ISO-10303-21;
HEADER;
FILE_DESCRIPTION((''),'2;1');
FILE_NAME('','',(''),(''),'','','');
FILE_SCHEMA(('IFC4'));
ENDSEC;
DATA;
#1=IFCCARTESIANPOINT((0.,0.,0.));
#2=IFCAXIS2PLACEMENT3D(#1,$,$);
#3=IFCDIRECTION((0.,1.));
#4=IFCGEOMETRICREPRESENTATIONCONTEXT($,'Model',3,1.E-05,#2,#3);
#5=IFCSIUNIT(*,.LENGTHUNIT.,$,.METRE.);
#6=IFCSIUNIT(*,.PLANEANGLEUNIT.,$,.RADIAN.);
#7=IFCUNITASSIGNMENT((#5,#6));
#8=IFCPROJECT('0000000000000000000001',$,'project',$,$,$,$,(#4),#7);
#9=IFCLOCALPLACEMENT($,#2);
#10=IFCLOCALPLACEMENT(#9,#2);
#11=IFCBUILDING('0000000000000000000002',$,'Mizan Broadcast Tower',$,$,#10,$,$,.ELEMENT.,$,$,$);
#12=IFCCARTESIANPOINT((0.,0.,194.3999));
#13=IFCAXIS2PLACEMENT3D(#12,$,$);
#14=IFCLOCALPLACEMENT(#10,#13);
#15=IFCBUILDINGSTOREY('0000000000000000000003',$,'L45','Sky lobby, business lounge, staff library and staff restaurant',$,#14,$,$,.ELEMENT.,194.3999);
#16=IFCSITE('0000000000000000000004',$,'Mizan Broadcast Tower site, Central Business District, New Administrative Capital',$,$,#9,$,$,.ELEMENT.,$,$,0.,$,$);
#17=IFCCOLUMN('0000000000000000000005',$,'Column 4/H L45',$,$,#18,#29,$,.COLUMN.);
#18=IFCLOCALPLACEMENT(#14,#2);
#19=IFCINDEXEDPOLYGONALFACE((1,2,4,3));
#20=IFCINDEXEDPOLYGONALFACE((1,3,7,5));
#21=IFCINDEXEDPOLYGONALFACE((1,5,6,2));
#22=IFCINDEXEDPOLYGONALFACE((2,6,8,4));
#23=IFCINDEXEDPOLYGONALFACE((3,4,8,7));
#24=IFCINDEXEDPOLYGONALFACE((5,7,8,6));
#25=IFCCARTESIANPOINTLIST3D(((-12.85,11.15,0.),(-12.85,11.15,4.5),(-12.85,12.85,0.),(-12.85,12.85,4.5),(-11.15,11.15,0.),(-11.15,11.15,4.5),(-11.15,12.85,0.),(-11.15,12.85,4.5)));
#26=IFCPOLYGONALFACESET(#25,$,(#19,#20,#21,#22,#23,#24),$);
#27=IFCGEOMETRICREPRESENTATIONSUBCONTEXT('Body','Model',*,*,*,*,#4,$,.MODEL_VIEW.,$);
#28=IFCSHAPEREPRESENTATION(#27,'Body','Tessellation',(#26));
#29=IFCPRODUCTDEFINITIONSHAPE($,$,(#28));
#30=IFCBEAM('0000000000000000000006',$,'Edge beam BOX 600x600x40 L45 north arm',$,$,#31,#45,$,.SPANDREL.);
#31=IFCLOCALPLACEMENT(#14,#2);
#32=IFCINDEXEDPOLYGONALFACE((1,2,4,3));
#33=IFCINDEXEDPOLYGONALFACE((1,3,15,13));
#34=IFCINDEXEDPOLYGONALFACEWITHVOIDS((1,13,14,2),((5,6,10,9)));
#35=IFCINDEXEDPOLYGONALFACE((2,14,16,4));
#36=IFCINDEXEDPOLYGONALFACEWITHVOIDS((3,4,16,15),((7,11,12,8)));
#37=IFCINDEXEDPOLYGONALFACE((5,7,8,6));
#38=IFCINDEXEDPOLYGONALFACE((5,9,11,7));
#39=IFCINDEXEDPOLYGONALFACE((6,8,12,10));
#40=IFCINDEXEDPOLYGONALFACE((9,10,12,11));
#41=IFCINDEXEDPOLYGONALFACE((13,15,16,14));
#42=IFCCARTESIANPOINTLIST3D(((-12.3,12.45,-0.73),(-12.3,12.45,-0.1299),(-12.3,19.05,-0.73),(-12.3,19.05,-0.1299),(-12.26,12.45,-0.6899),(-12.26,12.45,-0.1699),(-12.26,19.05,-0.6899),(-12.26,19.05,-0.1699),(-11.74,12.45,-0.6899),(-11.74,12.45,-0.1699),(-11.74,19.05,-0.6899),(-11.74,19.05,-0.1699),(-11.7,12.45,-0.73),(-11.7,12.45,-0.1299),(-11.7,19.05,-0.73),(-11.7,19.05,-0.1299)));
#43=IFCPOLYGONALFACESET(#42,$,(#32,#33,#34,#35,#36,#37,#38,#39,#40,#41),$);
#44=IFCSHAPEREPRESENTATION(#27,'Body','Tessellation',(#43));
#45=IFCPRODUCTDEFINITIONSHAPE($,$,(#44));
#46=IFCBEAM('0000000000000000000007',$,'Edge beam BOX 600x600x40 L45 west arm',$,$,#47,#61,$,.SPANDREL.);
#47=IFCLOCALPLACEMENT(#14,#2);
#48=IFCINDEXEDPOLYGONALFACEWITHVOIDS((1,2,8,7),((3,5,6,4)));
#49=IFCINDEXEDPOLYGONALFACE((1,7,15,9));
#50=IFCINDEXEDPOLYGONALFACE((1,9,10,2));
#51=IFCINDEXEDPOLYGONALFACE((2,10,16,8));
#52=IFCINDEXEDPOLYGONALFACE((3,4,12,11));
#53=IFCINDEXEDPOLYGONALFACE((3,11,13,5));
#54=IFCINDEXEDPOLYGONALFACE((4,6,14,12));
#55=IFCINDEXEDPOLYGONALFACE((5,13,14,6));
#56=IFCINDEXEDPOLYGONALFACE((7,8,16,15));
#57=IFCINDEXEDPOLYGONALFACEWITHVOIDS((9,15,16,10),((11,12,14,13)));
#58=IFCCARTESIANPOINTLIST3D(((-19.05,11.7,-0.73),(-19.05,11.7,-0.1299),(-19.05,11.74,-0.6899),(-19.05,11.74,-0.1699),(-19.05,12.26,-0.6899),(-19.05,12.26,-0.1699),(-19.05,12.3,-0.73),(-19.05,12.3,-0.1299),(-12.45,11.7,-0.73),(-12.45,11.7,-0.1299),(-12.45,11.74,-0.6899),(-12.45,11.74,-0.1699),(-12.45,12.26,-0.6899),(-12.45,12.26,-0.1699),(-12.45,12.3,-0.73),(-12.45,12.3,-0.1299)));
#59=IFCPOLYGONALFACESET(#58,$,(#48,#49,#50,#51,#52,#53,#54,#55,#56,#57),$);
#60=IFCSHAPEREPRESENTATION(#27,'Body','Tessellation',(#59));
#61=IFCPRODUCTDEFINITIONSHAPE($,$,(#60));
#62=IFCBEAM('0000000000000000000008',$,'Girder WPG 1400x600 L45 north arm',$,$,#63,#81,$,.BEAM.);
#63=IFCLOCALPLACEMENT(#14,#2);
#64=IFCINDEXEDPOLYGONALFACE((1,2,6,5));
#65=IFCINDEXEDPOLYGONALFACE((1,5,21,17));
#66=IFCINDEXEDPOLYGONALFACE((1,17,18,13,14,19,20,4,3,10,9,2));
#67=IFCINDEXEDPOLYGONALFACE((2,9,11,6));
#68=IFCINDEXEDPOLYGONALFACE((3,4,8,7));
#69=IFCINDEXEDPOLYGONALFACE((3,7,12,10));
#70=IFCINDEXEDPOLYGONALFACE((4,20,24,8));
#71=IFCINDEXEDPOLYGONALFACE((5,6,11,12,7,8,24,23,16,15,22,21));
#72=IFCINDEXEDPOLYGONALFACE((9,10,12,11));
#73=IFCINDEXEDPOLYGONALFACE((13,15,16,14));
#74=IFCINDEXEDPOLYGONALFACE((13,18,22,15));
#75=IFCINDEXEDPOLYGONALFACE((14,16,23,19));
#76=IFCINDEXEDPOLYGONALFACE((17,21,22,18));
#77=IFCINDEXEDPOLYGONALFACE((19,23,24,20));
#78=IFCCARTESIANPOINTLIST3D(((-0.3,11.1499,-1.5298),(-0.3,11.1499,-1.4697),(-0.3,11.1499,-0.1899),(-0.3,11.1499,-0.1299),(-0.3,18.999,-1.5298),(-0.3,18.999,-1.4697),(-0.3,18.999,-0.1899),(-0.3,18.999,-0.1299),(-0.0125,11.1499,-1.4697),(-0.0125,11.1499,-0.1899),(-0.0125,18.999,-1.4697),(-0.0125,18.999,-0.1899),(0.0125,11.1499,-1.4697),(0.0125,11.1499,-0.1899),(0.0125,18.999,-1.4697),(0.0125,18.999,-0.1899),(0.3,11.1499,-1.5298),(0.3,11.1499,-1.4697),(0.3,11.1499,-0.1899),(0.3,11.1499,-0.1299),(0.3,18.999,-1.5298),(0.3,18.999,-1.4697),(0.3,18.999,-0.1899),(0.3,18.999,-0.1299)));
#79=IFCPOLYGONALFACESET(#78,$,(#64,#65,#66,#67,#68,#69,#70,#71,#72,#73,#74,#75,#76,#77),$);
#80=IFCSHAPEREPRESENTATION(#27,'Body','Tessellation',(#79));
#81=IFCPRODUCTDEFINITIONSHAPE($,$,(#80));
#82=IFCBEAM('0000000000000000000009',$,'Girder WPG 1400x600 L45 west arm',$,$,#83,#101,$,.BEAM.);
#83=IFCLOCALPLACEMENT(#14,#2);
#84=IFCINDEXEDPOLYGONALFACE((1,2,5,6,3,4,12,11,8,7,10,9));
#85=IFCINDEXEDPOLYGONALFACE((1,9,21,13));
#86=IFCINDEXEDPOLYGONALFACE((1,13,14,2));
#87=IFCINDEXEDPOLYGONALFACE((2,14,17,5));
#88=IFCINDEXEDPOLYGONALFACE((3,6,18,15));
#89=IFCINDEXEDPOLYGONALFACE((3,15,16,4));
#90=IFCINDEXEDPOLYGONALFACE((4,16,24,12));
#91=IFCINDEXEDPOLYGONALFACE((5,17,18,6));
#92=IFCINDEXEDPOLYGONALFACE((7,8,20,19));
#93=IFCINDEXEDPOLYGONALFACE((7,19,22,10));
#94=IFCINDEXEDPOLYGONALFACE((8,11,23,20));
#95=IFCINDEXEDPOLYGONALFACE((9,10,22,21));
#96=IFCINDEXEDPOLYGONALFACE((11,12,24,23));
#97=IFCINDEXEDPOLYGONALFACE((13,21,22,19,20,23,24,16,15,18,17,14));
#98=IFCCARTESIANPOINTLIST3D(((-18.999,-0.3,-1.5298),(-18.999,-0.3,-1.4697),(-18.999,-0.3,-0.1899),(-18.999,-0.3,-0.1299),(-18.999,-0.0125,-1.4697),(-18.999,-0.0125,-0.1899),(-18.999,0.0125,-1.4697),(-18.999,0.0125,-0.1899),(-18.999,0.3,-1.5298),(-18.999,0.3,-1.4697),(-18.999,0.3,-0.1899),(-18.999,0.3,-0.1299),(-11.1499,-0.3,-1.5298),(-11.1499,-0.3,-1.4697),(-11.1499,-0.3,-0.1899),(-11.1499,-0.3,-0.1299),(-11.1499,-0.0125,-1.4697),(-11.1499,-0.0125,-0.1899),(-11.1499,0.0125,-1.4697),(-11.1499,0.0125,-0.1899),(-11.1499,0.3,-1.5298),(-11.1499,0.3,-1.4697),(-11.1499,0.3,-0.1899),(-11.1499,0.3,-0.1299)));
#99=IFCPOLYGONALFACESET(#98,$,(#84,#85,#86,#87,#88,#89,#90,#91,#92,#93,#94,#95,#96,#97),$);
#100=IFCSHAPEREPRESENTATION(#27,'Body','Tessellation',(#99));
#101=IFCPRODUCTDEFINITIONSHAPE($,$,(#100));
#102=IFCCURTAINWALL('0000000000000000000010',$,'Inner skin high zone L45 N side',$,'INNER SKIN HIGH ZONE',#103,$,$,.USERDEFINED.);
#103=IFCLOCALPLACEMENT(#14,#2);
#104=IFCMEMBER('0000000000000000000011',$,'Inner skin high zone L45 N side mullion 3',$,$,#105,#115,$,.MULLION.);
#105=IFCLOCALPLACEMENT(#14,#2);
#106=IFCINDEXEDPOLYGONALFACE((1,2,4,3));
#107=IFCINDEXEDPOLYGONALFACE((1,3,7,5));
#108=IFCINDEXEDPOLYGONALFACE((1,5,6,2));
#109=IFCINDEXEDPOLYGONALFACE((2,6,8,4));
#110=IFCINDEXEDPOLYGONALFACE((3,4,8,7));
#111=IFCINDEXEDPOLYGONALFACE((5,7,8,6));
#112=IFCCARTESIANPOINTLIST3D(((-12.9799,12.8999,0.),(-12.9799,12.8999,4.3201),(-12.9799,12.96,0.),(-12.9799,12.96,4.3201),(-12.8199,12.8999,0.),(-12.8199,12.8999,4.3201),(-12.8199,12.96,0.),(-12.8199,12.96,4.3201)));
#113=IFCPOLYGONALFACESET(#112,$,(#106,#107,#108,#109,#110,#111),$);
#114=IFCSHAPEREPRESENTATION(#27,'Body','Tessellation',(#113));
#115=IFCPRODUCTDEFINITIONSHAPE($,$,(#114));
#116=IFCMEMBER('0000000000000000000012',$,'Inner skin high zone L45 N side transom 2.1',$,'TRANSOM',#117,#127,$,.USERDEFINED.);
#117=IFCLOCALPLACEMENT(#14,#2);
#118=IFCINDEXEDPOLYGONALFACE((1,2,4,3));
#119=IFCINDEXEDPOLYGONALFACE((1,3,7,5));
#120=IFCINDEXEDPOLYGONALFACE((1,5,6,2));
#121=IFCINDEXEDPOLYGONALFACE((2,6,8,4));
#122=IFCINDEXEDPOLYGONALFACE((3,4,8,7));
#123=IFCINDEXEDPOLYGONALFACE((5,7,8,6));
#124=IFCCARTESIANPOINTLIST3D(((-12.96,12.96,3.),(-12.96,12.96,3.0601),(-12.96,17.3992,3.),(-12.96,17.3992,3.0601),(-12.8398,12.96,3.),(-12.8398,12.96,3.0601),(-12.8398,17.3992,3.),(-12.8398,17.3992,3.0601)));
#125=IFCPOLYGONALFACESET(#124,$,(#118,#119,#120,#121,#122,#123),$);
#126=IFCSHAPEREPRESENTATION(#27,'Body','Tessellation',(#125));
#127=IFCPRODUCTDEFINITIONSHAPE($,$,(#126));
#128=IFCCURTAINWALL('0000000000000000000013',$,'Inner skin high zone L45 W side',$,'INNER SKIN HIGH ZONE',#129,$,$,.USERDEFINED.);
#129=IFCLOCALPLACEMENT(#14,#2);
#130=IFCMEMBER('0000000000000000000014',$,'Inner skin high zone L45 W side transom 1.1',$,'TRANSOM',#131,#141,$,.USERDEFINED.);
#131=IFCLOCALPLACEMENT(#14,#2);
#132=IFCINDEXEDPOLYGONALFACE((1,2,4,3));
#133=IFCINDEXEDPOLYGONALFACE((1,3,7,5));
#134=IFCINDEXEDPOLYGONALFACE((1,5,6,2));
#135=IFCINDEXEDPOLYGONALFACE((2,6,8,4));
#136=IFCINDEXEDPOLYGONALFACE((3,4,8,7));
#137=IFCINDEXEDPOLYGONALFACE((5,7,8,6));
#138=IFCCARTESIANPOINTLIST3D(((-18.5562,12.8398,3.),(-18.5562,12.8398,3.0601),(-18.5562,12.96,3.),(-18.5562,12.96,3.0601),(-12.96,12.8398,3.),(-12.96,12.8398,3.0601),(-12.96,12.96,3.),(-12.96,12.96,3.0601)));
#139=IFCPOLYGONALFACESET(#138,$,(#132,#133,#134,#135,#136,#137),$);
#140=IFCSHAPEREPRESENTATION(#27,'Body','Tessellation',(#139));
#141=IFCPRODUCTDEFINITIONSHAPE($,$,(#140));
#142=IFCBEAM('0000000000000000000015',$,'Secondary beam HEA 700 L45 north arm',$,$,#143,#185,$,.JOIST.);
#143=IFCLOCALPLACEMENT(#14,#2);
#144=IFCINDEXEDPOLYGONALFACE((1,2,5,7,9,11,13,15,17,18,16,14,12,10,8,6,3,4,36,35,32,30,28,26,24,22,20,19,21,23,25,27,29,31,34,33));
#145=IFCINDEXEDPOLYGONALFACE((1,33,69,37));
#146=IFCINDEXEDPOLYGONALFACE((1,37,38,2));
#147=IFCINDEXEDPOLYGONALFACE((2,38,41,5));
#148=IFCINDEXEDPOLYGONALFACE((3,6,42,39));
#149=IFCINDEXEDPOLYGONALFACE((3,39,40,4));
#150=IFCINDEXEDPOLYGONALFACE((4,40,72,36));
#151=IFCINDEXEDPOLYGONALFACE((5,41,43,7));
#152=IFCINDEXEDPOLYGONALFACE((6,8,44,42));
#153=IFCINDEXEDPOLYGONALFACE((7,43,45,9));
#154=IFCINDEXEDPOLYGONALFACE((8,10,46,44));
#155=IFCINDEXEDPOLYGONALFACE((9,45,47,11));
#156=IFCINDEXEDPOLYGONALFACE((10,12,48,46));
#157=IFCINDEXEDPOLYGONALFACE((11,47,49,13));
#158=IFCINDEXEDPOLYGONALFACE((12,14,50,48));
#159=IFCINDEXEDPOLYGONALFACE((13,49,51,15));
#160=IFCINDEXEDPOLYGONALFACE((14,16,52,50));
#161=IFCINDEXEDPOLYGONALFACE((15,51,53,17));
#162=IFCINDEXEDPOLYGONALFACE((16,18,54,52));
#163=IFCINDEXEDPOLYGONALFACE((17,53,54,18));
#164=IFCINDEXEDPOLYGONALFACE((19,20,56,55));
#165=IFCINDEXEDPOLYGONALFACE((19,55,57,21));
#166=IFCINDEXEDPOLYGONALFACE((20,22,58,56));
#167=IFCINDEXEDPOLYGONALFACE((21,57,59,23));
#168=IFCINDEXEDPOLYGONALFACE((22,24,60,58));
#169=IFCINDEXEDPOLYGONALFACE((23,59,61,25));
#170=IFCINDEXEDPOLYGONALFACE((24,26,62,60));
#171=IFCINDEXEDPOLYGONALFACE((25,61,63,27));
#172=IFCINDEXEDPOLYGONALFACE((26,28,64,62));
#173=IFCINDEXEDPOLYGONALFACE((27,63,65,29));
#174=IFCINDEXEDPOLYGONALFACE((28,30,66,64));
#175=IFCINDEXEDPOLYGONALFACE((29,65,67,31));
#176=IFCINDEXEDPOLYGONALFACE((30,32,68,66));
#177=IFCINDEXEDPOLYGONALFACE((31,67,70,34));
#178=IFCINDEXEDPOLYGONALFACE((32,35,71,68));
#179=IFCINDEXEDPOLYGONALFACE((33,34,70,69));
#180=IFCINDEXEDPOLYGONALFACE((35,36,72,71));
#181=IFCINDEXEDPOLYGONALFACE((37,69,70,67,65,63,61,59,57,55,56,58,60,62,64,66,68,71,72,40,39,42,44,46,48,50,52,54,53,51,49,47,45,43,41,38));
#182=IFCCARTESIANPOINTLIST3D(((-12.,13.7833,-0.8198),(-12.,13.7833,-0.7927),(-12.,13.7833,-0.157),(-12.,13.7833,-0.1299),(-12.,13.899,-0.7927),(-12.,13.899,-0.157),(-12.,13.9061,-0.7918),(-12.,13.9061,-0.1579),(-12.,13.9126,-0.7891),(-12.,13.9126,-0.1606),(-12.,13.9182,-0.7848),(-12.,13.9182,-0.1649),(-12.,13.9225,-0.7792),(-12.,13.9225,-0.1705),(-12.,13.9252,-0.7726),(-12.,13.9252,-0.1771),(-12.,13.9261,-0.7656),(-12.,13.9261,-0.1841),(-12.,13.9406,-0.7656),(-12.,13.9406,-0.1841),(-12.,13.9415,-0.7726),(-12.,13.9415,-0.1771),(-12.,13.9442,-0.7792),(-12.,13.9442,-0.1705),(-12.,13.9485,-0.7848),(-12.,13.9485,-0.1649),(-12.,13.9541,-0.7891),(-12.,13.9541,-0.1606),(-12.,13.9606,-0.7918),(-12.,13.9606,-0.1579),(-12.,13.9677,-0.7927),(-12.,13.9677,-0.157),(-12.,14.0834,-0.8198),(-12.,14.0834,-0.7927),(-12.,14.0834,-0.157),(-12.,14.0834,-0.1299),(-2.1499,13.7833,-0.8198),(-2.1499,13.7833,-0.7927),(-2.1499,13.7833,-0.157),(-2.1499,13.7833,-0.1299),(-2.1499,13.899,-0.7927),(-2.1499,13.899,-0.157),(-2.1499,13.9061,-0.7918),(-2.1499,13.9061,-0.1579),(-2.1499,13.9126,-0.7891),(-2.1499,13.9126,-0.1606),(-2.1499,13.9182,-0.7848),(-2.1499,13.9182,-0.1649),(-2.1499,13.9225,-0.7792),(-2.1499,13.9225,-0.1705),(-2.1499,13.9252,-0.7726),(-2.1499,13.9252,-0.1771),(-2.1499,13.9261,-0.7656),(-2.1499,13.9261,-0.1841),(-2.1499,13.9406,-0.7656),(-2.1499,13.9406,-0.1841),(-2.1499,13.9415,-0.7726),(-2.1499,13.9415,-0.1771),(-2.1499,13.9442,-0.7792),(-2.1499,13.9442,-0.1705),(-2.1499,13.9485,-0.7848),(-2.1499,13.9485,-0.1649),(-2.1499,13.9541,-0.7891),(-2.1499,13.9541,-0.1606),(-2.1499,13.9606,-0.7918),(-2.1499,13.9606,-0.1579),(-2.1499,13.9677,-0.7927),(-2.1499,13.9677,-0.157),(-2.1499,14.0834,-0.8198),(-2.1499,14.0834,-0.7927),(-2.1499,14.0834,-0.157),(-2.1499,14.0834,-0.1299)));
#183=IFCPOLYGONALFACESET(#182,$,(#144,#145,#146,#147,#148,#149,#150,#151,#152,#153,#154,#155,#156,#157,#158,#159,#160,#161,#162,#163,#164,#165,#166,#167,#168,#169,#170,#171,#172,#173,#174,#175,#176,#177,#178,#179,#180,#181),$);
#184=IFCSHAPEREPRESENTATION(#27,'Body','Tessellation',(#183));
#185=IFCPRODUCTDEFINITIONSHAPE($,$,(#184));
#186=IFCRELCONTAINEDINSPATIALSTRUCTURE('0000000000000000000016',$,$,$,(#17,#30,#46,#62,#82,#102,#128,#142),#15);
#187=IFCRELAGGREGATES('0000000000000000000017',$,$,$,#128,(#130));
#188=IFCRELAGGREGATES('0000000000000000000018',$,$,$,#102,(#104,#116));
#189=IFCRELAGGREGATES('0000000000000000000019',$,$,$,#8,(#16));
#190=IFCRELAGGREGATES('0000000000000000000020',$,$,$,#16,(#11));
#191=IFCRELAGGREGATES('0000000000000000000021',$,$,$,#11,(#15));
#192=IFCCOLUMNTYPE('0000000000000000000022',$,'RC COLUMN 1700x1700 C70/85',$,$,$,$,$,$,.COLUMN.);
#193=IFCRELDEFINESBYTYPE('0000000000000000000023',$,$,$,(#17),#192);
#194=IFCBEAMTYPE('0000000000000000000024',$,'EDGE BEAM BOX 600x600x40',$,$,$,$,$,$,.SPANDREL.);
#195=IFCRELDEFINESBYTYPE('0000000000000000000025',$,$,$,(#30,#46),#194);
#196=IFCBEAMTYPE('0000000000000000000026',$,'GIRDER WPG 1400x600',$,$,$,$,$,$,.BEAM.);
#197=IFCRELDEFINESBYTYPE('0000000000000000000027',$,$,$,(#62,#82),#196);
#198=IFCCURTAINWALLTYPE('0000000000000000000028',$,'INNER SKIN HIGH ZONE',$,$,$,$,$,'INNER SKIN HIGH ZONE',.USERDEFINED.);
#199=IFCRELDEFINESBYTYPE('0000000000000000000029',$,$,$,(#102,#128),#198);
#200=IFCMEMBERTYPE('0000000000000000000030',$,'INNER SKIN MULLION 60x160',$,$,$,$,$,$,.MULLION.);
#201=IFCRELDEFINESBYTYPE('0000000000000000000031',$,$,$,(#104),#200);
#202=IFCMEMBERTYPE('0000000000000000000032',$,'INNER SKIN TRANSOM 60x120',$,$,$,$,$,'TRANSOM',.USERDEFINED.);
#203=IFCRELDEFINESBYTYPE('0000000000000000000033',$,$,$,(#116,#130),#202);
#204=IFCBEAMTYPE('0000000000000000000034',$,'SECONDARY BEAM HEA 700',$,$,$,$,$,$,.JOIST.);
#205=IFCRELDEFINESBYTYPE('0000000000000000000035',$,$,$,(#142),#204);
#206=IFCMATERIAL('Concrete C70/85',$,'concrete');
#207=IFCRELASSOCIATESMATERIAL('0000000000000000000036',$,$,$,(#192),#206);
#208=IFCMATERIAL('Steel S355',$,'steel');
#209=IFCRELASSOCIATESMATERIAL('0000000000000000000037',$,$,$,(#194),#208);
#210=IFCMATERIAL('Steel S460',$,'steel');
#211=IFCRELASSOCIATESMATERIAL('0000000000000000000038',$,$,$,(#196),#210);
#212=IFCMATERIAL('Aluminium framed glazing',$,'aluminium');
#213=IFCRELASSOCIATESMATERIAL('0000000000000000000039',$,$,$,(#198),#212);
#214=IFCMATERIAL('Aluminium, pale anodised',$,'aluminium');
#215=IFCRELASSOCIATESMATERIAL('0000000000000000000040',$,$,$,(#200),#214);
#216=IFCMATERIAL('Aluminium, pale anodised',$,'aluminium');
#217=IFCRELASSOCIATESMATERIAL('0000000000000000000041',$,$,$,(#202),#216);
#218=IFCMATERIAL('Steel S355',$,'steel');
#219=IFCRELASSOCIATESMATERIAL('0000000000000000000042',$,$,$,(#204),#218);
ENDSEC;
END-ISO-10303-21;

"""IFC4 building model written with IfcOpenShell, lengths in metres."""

from ifc_helpers import new_model, si_unit, direction, frame, origin, origin_2d, place, context, subcontext, project, spatial, rectangle, hollow_rectangle, i_section, extrude, material, material_profile, profile_set, type_object, element, aggregate, save


model = new_model("IFC4")

# Units and contexts
model_context = context("Model", 3, precision=1e-05, world=origin(), true_north=direction((0.0, 1.0)))
body_context = subcontext(model_context, "Body", "Model", "MODEL_VIEW")
ifc_project = project(units=[si_unit("LENGTHUNIT", "METRE"), si_unit("PLANEANGLEUNIT", "RADIAN")], contexts=[model_context])

# Site, building, storey
site_placement = place(None, origin())
site = spatial("IfcSite", under=ifc_project, at=site_placement, Name="Mizan Broadcast Tower site, Central Business District, New Administrative Capital", CompositionType="ELEMENT", RefElevation=0.0)
building_placement = place(site_placement, origin())
building = spatial("IfcBuilding", under=site, at=building_placement, Name="Mizan Broadcast Tower", CompositionType="ELEMENT")
storey_placement = place(building_placement, frame((0.0, 0.0, 194.3999)))
storey = spatial("IfcBuildingStorey", under=building, at=storey_placement, Name="L45", Description="Sky lobby, business lounge, staff library and staff restaurant", CompositionType="ELEMENT", Elevation=194.3999)

# Column
ifc_material_1 = material(Name="Concrete C70/85", Category="concrete")
ifc_material_profile_1 = material_profile(ifc_material_1, rectangle(XDim=1.7, YDim=1.7, at=origin_2d()), Name="RC 1700x1700")
ifc_profile_set_1 = profile_set([ifc_material_profile_1], Name="Concrete C70/85")
column_type = type_object("IfcColumnType", Name="RC COLUMN 1700x1700 C70/85", PredefinedType="COLUMN", material=ifc_profile_set_1)
column_placement = place(storey_placement, frame((-12.0, 12.0, 0.0), z_axis=(0.0, 0.0, 1.0), x_axis=(1.0, 0.0, 0.0)))
element("IfcColumn", 1, at=column_placement, inside=storey, type_object=column_type, Name="Column 4/H L45", PredefinedType="COLUMN", context=body_context, shape_type="SweptSolid", body=[
    extrude(rectangle(XDim=1.7, YDim=1.7, at=origin_2d()), origin(), (0.0, 0.0, 1.0), 4.5),
])

# Beams
ifc_material_2 = material(Name="Steel S355", Category="steel")
ifc_material_profile_2 = material_profile(ifc_material_2, hollow_rectangle(XDim=0.6001, YDim=0.6001, WallThickness=0.04, at=origin_2d()), Name="BOX 600x600x40")
ifc_profile_set_2 = profile_set([ifc_material_profile_2], Name="Steel S355")
beam_type_1 = type_object("IfcBeamType", Name="EDGE BEAM BOX 600x600x40", PredefinedType="SPANDREL", material=ifc_profile_set_2)
for number, where, z_axis, x_axis, name in (
    (2, (-12.0, 12.45, -0.4299), (0.0, 1.0, 0.0), (-1.0, 0.0, 0.0), "Edge beam BOX 600x600x40 L45 north arm"),
    (3, (-12.45, 12.0, -0.4299), (-1.0, 0.0, 0.0), (0.0, -1.0, 0.0), "Edge beam BOX 600x600x40 L45 west arm"),
):
    element("IfcBeam", number, at=place(storey_placement, frame(where, z_axis=z_axis, x_axis=x_axis)), inside=storey, type_object=beam_type_1, Name=name, PredefinedType="SPANDREL", context=body_context, shape_type="SweptSolid", body=[
        extrude(hollow_rectangle(XDim=0.6001, YDim=0.6001, WallThickness=0.04, at=origin_2d()), origin(), (0.0, 0.0, 1.0), 6.6001),
    ])
ifc_material_3 = material(Name="Steel S460", Category="steel")
ifc_material_profile_3 = material_profile(ifc_material_3, i_section(OverallWidth=0.6001, OverallDepth=1.3999, WebThickness=0.0249, FlangeThickness=0.0601, at=origin_2d()), Name="WPG 1400x600")
ifc_profile_set_3 = profile_set([ifc_material_profile_3], Name="Steel S460")
beam_type_2 = type_object("IfcBeamType", Name="GIRDER WPG 1400x600", PredefinedType="BEAM", material=ifc_profile_set_3)
for number, where, z_axis, x_axis, name in (
    (4, (0.0, 11.1499, -0.8298), (0.0, 1.0, 0.0), (-1.0, 0.0, 0.0), "Girder WPG 1400x600 L45 north arm"),
    (5, (-11.1499, 0.0, -0.8298), (-1.0, 0.0, 0.0), (0.0, -1.0, 0.0), "Girder WPG 1400x600 L45 west arm"),
):
    element("IfcBeam", number, at=place(storey_placement, frame(where, z_axis=z_axis, x_axis=x_axis)), inside=storey, type_object=beam_type_2, Name=name, PredefinedType="BEAM", context=body_context, shape_type="SweptSolid", body=[
        extrude(i_section(OverallWidth=0.6001, OverallDepth=1.3999, WebThickness=0.0249, FlangeThickness=0.0601, at=origin_2d()), origin(), (0.0, 0.0, 1.0), 7.8491),
    ])

# Curtain wall, members
ifc_material_4 = material(Name="Aluminium framed glazing", Category="aluminium")
curtain_wall_type = type_object("IfcCurtainWallType", Name="INNER SKIN HIGH ZONE", ElementType="INNER SKIN HIGH ZONE", PredefinedType="USERDEFINED", material=ifc_material_4)
curtain_wall_1_placement = place(storey_placement, origin())
curtain_wall_1 = element("IfcCurtainWall", 6, at=curtain_wall_1_placement, inside=storey, type_object=curtain_wall_type, Name="Inner skin high zone L45 N side", ObjectType="INNER SKIN HIGH ZONE", PredefinedType="USERDEFINED")
ifc_material_5 = material(Name="Aluminium, pale anodised", Category="aluminium")
ifc_material_profile_4 = material_profile(ifc_material_5, rectangle(XDim=0.1599, YDim=0.0601, at=origin_2d()), Name="MULLION 160x60")
ifc_profile_set_4 = profile_set([ifc_material_profile_4], Name="Aluminium, pale anodised")
member_type_1 = type_object("IfcMemberType", Name="INNER SKIN MULLION 60x160", PredefinedType="MULLION", material=ifc_profile_set_4)
member_1_placement = place(storey_placement, frame((-12.8999, 12.9299, 0.0), z_axis=(0.0, 0.0, 1.0), x_axis=(1.0, 0.0, 0.0)))
member_1 = element("IfcMember", 7, at=member_1_placement, type_object=member_type_1, Name="Inner skin high zone L45 N side mullion 3", PredefinedType="MULLION", context=body_context, shape_type="SweptSolid", body=[
    extrude(rectangle(XDim=0.1599, YDim=0.0601, at=origin_2d()), origin(), (0.0, 0.0, 1.0), 4.3201),
])
ifc_material_6 = material(Name="Aluminium, pale anodised", Category="aluminium")
ifc_material_profile_5 = material_profile(ifc_material_6, rectangle(XDim=0.1201, YDim=0.0601, at=origin_2d()), Name="TRANSOM 120x60")
ifc_profile_set_5 = profile_set([ifc_material_profile_5], Name="Aluminium, pale anodised")
member_type_2 = type_object("IfcMemberType", Name="INNER SKIN TRANSOM 60x120", ElementType="TRANSOM", PredefinedType="USERDEFINED", material=ifc_profile_set_5)
member_2_placement = place(storey_placement, frame((-12.8999, 17.3992, 3.03), z_axis=(0.0, -1.0, 0.0), x_axis=(1.0, 0.0, 0.0)))
member_2 = element("IfcMember", 8, at=member_2_placement, type_object=member_type_2, Name="Inner skin high zone L45 N side transom 2.1", ObjectType="TRANSOM", PredefinedType="USERDEFINED", context=body_context, shape_type="SweptSolid", body=[
    extrude(rectangle(XDim=0.1201, YDim=0.0601, at=origin_2d()), origin(), (0.0, 0.0, 1.0), 4.4392),
])

# Curtain wall, member
curtain_wall_2_placement = place(storey_placement, origin())
curtain_wall_2 = element("IfcCurtainWall", 9, at=curtain_wall_2_placement, inside=storey, type_object=curtain_wall_type, Name="Inner skin high zone L45 W side", ObjectType="INNER SKIN HIGH ZONE", PredefinedType="USERDEFINED")
member_3_placement = place(storey_placement, frame((-12.96, 12.8999, 3.03), z_axis=(-1.0, 0.0, 0.0), x_axis=(0.0, -1.0, 0.0)))
member_3 = element("IfcMember", 10, at=member_3_placement, type_object=member_type_2, Name="Inner skin high zone L45 W side transom 1.1", ObjectType="TRANSOM", PredefinedType="USERDEFINED", context=body_context, shape_type="SweptSolid", body=[
    extrude(rectangle(XDim=0.1201, YDim=0.0601, at=origin_2d()), origin(), (0.0, 0.0, 1.0), 5.5962),
])
aggregate(curtain_wall_2, [member_3])

# Beam
ifc_material_7 = material(Name="Steel S355", Category="steel")
ifc_material_profile_6 = material_profile(ifc_material_7, i_section(OverallWidth=0.3, OverallDepth=0.6899, WebThickness=0.0144, FlangeThickness=0.0271, FilletRadius=0.0271, at=origin_2d()), Name="HEA 700")
ifc_profile_set_6 = profile_set([ifc_material_profile_6], Name="Steel S355")
beam_type_3 = type_object("IfcBeamType", Name="SECONDARY BEAM HEA 700", PredefinedType="JOIST", material=ifc_profile_set_6)
for number, where, z_axis, x_axis, name in (
    (11, (-12.0, 13.9333, -0.4749), (1.0, 0.0, 0.0), (0.0, 1.0, 0.0), "Secondary beam HEA 700 L45 north arm"),
):
    element("IfcBeam", number, at=place(storey_placement, frame(where, z_axis=z_axis, x_axis=x_axis)), inside=storey, type_object=beam_type_3, Name=name, PredefinedType="JOIST", context=body_context, shape_type="SweptSolid", body=[
        extrude(i_section(OverallWidth=0.3, OverallDepth=0.6899, WebThickness=0.0144, FlangeThickness=0.0271, FilletRadius=0.0271, at=origin_2d()), origin(), (0.0, 0.0, 1.0), 9.8501),
    ])

aggregate(curtain_wall_1, [member_1, member_2])

save(model, "model.ifc")
